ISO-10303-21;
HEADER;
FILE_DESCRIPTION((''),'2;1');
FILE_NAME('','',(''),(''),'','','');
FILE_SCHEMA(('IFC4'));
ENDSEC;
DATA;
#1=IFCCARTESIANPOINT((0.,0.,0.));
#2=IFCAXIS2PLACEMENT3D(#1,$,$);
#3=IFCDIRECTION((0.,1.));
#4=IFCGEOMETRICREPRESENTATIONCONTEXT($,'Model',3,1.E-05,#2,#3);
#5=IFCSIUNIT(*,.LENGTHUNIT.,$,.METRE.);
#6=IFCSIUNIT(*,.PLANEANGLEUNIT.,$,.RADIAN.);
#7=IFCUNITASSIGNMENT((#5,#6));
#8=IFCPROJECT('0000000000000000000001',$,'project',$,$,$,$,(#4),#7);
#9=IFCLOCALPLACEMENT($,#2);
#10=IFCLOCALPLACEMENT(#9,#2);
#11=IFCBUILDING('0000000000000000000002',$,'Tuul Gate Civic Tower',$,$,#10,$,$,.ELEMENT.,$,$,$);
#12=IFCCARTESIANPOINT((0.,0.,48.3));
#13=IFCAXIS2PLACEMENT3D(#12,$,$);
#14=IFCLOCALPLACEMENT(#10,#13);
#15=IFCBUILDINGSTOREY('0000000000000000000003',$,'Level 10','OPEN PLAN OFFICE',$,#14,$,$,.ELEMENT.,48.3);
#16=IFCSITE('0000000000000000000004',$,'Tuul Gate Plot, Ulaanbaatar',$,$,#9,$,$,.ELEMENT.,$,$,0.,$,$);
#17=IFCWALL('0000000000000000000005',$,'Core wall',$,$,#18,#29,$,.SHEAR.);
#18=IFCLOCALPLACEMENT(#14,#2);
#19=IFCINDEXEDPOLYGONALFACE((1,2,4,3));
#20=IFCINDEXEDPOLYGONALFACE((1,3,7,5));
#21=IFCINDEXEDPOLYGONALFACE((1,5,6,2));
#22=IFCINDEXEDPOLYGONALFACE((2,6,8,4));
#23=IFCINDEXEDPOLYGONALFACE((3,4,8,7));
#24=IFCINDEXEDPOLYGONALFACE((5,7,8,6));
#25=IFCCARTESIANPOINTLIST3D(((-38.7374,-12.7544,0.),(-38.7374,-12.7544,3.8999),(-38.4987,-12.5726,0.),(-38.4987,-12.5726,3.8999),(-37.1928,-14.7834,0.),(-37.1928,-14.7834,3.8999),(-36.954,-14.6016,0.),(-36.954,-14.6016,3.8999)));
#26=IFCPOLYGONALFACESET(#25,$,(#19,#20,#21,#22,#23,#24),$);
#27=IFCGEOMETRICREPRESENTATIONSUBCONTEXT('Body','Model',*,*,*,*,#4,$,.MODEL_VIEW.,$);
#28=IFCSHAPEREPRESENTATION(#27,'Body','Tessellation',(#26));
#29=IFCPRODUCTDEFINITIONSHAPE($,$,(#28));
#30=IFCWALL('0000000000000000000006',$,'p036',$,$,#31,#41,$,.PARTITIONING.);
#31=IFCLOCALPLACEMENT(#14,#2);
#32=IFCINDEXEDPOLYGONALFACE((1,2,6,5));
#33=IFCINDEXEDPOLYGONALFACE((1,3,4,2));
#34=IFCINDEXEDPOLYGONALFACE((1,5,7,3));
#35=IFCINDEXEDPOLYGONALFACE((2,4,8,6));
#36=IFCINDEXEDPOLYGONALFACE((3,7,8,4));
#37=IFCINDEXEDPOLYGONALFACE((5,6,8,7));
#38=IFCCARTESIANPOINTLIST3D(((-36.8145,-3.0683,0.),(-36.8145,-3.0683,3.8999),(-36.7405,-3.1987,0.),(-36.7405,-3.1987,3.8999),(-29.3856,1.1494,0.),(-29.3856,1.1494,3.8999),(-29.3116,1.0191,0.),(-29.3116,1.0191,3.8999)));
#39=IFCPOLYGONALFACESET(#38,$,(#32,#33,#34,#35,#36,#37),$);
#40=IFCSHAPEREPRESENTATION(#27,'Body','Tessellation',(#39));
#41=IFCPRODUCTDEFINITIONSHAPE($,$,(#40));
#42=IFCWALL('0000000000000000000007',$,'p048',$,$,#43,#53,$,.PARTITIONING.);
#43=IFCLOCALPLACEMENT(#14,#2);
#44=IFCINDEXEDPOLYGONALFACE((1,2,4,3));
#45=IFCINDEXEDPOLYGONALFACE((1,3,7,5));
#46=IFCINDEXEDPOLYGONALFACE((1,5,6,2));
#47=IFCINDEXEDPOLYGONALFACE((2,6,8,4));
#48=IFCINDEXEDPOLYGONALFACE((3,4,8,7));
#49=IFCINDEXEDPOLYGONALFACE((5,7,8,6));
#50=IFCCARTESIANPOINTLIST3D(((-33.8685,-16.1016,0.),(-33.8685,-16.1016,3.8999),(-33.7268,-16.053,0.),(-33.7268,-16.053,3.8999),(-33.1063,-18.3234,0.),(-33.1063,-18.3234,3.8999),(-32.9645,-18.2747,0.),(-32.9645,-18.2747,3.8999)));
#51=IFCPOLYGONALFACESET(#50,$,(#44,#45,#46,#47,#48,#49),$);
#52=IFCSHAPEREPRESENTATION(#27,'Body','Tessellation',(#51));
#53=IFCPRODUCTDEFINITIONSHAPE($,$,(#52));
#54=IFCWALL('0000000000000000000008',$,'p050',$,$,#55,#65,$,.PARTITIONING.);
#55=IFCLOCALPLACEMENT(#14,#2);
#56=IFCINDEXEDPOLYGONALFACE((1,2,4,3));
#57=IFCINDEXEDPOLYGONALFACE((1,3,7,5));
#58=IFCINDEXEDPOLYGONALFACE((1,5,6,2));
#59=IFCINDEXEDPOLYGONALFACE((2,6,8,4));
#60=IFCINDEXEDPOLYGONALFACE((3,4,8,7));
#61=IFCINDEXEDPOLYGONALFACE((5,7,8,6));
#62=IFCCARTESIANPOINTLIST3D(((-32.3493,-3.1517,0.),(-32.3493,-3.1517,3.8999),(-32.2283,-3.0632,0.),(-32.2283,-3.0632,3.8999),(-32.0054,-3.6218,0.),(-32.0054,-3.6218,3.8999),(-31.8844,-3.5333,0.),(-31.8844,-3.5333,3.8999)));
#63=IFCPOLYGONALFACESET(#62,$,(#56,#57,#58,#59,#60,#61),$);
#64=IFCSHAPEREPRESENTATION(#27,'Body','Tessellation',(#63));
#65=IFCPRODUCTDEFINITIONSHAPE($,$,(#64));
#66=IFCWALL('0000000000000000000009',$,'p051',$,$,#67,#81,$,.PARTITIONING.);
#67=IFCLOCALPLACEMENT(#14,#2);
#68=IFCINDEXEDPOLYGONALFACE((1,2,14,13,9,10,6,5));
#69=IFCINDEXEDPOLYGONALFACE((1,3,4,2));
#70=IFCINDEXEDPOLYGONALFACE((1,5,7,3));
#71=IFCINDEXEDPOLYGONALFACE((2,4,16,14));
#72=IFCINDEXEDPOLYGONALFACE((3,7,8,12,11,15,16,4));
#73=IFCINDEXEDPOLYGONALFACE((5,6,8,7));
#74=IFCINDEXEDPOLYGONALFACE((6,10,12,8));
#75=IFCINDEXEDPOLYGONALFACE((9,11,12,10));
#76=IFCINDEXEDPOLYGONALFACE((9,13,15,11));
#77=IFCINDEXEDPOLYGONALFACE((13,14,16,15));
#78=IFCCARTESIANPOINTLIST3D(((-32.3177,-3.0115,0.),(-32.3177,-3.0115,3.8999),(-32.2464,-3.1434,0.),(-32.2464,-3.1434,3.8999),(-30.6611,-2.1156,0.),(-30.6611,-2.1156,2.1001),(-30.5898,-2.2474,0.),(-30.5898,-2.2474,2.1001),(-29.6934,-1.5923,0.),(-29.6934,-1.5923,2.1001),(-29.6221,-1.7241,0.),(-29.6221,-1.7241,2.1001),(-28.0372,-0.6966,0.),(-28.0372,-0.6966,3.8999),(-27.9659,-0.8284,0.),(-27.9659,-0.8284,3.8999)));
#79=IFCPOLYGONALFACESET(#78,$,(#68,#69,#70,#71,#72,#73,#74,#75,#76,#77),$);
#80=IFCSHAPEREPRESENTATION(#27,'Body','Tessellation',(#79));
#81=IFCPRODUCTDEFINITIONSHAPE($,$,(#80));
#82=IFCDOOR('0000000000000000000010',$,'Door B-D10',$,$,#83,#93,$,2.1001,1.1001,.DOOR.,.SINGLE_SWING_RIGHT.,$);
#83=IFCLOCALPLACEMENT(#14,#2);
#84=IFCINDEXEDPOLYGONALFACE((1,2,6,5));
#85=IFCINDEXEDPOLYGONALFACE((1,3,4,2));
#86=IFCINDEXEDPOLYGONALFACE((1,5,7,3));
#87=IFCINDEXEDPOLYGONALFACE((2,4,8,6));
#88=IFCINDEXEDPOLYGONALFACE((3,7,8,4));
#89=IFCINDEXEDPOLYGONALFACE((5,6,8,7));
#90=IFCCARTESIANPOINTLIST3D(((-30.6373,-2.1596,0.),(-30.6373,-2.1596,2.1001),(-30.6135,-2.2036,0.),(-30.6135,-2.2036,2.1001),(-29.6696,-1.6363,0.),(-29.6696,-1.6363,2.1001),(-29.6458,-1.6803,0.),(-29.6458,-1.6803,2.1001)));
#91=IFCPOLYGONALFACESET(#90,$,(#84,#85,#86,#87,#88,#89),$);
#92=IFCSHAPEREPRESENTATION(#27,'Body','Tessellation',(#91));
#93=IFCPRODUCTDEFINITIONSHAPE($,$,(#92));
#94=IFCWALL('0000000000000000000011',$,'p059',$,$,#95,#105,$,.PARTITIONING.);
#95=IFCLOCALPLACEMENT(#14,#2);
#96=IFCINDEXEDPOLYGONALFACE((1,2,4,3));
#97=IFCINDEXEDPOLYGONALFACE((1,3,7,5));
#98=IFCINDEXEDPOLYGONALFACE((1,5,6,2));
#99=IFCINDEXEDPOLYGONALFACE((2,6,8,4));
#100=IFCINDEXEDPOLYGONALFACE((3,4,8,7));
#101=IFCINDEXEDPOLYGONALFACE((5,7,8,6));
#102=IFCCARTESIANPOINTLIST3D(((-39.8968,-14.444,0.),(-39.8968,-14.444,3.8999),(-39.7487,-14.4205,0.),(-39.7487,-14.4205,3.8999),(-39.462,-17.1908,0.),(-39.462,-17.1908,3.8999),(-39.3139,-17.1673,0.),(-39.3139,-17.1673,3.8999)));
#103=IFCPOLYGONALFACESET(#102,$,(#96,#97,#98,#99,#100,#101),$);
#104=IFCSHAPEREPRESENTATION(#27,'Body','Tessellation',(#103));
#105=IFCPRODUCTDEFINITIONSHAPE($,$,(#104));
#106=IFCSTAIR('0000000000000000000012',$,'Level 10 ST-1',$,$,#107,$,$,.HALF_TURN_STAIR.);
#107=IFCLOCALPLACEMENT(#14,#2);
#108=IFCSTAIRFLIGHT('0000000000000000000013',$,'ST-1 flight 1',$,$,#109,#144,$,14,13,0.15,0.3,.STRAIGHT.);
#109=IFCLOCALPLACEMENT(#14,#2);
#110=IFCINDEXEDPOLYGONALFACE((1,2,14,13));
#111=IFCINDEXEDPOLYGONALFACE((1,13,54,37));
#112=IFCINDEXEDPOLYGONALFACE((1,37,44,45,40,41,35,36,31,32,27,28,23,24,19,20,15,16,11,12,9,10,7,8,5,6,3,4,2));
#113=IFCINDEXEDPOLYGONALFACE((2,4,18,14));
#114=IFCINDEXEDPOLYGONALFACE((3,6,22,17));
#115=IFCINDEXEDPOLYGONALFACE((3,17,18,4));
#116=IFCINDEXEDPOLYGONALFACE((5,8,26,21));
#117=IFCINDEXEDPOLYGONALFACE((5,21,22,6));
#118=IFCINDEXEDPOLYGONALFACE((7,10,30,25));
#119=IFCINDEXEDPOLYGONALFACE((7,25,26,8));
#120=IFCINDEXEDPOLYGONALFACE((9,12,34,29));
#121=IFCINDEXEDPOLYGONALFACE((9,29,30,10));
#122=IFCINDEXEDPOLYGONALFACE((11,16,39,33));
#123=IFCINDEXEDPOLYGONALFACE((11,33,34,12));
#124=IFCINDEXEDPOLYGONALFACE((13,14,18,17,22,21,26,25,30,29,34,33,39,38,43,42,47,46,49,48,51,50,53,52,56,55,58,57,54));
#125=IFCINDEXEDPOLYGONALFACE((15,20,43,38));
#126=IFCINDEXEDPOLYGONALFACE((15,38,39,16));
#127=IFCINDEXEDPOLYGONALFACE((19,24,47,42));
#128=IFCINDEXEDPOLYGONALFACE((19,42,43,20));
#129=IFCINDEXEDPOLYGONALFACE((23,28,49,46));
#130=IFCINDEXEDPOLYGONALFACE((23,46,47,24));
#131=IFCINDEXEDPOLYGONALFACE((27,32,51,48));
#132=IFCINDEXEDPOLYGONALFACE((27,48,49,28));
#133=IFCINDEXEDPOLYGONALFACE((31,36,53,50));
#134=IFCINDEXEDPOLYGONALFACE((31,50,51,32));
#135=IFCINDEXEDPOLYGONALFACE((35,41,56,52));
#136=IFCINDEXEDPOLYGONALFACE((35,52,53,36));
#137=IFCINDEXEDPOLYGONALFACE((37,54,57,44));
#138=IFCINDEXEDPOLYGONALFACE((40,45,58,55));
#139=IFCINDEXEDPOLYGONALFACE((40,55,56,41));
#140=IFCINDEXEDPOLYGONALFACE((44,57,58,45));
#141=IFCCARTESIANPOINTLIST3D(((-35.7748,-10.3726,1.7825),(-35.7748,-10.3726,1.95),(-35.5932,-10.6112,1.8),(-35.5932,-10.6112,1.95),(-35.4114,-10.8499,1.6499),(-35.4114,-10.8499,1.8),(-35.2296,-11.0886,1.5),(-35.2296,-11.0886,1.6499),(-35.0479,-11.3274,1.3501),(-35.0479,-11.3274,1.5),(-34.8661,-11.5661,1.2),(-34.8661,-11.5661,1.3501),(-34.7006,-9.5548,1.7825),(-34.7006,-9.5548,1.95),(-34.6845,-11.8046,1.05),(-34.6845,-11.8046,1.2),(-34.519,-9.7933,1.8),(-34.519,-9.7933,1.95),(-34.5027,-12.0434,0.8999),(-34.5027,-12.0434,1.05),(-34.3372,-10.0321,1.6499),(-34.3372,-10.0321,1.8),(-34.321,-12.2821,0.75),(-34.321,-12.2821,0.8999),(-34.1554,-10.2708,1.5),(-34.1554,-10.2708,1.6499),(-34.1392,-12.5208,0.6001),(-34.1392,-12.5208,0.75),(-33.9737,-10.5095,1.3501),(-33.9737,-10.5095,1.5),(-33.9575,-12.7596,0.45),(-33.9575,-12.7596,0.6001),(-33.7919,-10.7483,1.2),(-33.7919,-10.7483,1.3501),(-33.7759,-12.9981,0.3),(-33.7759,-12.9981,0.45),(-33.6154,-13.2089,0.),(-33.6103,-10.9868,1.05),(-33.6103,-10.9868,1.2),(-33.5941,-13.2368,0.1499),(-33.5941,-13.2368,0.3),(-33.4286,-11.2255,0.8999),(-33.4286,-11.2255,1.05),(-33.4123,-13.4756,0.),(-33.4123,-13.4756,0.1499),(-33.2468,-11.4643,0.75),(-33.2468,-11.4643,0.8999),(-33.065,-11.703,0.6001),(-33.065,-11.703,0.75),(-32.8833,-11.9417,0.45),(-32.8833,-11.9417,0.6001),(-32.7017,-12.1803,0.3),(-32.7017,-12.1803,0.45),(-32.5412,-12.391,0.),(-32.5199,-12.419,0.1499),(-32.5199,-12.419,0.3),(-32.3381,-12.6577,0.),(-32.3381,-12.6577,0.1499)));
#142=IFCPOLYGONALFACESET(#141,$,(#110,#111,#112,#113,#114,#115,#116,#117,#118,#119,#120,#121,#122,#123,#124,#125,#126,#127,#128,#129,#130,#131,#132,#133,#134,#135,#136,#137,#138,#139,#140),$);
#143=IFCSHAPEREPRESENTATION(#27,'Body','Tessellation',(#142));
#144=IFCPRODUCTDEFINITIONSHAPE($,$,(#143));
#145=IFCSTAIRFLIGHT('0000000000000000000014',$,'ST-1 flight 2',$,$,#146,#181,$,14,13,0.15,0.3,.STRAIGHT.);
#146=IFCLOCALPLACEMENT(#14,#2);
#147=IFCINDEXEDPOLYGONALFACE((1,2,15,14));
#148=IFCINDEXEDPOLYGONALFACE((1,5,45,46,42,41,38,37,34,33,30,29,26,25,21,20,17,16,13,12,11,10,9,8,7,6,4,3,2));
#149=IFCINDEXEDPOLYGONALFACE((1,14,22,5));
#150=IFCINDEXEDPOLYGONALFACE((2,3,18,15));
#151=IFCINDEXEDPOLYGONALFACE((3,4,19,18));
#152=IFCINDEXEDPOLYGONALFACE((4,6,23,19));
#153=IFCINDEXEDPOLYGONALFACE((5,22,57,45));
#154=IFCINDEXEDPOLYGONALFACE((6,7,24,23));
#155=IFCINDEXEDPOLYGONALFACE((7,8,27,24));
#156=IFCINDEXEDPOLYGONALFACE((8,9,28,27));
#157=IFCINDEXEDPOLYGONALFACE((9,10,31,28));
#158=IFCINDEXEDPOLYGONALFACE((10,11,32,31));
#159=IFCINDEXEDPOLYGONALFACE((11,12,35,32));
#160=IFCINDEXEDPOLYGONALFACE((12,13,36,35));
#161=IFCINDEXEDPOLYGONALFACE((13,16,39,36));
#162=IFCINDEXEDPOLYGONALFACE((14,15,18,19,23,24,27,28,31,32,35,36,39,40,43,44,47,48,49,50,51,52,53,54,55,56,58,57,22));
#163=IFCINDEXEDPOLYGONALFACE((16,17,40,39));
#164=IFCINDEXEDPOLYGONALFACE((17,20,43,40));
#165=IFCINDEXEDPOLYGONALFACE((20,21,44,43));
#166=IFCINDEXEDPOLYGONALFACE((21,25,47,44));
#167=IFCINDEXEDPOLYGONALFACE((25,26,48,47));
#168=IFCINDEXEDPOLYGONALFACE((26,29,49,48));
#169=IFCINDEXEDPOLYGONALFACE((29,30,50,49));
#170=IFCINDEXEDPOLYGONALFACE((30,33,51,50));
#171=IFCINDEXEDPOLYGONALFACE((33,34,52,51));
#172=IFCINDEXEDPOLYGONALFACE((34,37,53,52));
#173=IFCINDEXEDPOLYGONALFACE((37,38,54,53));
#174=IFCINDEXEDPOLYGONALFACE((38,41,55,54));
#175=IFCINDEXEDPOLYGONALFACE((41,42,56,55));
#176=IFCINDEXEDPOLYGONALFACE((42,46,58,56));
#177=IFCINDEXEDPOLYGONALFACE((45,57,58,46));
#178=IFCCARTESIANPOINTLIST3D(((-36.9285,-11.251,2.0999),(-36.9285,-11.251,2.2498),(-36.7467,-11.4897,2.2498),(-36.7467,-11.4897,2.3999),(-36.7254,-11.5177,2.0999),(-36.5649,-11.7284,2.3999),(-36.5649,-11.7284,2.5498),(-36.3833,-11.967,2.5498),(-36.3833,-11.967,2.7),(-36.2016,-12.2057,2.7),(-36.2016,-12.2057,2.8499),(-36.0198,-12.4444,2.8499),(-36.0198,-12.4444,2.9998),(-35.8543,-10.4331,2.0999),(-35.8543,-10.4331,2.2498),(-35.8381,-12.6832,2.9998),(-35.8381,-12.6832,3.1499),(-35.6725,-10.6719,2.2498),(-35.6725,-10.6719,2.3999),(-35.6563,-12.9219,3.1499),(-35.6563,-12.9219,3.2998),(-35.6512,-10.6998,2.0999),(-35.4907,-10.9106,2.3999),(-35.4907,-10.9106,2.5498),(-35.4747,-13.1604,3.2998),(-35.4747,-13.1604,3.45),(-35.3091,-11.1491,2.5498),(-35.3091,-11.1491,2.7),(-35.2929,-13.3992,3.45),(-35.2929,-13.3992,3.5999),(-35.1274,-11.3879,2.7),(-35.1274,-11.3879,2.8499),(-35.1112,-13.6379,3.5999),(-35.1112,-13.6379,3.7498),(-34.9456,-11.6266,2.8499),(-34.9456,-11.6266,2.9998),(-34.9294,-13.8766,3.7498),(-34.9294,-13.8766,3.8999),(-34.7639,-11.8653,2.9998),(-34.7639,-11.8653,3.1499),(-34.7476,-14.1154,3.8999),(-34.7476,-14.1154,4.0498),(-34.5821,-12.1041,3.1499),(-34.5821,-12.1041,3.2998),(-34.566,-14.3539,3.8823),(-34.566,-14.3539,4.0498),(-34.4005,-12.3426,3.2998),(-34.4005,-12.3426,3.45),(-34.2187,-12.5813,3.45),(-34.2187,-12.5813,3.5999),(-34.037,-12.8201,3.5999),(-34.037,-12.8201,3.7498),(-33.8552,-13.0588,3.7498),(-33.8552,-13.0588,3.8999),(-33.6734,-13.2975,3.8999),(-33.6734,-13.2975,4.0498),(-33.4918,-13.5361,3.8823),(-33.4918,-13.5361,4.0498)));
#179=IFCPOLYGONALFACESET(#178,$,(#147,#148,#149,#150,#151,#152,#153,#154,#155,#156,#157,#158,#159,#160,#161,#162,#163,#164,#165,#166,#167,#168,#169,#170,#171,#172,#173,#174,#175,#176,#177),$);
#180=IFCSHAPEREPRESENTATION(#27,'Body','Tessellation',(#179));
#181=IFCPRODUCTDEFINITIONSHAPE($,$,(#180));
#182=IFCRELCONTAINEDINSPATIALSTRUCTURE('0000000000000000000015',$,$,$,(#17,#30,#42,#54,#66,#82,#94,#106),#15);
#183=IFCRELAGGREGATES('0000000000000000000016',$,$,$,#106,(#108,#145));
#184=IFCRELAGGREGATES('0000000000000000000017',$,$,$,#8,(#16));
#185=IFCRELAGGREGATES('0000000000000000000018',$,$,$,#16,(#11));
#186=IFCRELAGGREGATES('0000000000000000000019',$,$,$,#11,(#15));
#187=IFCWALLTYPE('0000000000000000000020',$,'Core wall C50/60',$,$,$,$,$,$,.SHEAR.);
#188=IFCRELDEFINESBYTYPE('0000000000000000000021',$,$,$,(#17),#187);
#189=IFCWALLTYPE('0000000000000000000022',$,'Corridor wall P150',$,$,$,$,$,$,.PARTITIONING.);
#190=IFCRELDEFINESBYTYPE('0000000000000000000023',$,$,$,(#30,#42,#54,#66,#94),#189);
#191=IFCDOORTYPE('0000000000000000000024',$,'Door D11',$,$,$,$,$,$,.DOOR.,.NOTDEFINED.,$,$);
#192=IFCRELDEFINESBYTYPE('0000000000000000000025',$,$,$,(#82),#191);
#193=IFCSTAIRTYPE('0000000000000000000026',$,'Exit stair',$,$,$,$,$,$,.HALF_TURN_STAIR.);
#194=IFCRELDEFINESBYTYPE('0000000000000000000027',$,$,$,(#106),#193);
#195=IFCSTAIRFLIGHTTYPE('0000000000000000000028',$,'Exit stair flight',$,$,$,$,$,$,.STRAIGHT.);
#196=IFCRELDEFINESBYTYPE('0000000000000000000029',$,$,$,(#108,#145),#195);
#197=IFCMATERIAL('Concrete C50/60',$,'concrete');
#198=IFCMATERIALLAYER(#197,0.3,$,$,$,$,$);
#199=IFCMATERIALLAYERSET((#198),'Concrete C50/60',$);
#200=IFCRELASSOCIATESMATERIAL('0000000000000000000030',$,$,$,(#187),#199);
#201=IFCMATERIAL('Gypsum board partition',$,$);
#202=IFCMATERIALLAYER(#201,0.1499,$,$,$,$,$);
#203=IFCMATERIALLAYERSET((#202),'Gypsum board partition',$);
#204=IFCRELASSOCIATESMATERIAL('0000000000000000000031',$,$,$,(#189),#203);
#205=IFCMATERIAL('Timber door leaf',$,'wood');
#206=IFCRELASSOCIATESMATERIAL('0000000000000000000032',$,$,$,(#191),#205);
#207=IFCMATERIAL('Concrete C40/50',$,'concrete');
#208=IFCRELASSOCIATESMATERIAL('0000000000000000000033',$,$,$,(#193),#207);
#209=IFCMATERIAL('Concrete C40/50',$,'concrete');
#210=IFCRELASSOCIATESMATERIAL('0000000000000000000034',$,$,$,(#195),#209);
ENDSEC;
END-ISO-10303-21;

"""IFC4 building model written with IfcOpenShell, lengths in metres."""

from ifc_helpers import new_model, si_unit, direction, frame, frame_2d, origin, place, context, subcontext, project, spatial, polyline, rectangle, outline, extrude, material, layer, layer_set, type_object, element, fill, aggregate, save


model = new_model("IFC4")

# Units and contexts
model_context = context("Model", 3, precision=1e-05, world=origin(), true_north=direction((0.0, 1.0)))
body_context = subcontext(model_context, "Body", "Model", "MODEL_VIEW")
ifc_project = project(units=[si_unit("LENGTHUNIT", "METRE"), si_unit("PLANEANGLEUNIT", "RADIAN")], contexts=[model_context])

# Site, building, storey
site_placement = place(None, origin())
site = spatial("IfcSite", under=ifc_project, at=site_placement, Name="Tuul Gate Plot, Ulaanbaatar", CompositionType="ELEMENT", RefElevation=0.0)
building_placement = place(site_placement, origin())
building = spatial("IfcBuilding", under=site, at=building_placement, Name="Tuul Gate Civic Tower", CompositionType="ELEMENT")
storey_placement = place(building_placement, frame((0.0, 0.0, 48.3)))
storey = spatial("IfcBuildingStorey", under=building, at=storey_placement, Name="Level 10", Description="OPEN PLAN OFFICE", CompositionType="ELEMENT", Elevation=48.3)

# Shared definitions
ifc_material_1 = material(Name="Concrete C50/60", Category="concrete")
ifc_layer_1 = layer(ifc_material_1, 0.3)
ifc_layer_set_1 = layer_set([ifc_layer_1], Name="Concrete C50/60")
wall_type_1 = type_object("IfcWallType", Name="Core wall C50/60", PredefinedType="SHEAR", material=ifc_layer_set_1)

# Walls
wall_1_placement = place(storey_placement, frame((-37.0735, -14.6924, 0.0), z_axis=(0.0, 0.0, 1.0), x_axis=(-0.605729, 0.795671, 0.0)))
element("IfcWall", 1, at=wall_1_placement, inside=storey, type_object=wall_type_1, Name="Core wall", PredefinedType="SHEAR", context=body_context, shape_type="SweptSolid", body=[
    extrude(rectangle(XDim=2.55, YDim=0.3, at=frame_2d((1.2749, 0.0))), origin(), (0.0, 0.0, 1.0), 3.8999),
])
ifc_material_2 = material(Name="Gypsum board partition")
ifc_layer_2 = layer(ifc_material_2, 0.1499)
ifc_layer_set_2 = layer_set([ifc_layer_2], Name="Gypsum board partition")
wall_type_2 = type_object("IfcWallType", Name="Corridor wall P150", PredefinedType="PARTITIONING", material=ifc_layer_set_2)
wall_2_placement = place(storey_placement, frame((-36.7776, -3.1335, 0.0), z_axis=(0.0, 0.0, 1.0), x_axis=(0.869619, 0.493724, 0.0)))
element("IfcWall", 2, at=wall_2_placement, inside=storey, type_object=wall_type_2, Name="p036", PredefinedType="PARTITIONING", context=body_context, shape_type="SweptSolid", body=[
    extrude(rectangle(XDim=8.5427, YDim=0.1499, at=frame_2d((4.2715, 0.0))), origin(), (0.0, 0.0, 1.0), 3.8999),
])
wall_3_placement = place(storey_placement, frame((-33.7976, -16.0774, 0.0), z_axis=(0.0, 0.0, 1.0), x_axis=(0.32451, -0.945882, 0.0)))
element("IfcWall", 3, at=wall_3_placement, inside=storey, type_object=wall_type_2, Name="p048", PredefinedType="PARTITIONING", context=body_context, shape_type="SweptSolid", body=[
    extrude(rectangle(XDim=2.3489, YDim=0.1499, at=frame_2d((1.1743, 0.0))), origin(), (0.0, 0.0, 1.0), 3.8999),
])
wall_4_placement = place(storey_placement, frame((-32.2888, -3.1074, 0.0), z_axis=(0.0, 0.0, 1.0), x_axis=(0.590437, -0.807084, 0.0)))
element("IfcWall", 4, at=wall_4_placement, inside=storey, type_object=wall_type_2, Name="p050", PredefinedType="PARTITIONING", context=body_context, shape_type="SweptSolid", body=[
    extrude(rectangle(XDim=0.5825, YDim=0.1499, at=frame_2d((0.2913, 0.0))), origin(), (0.0, 0.0, 1.0), 3.8999),
])

# Wall, opening, door
wall_5_placement = place(storey_placement, frame((-32.282, -3.0774, 0.0), z_axis=(0.0, 0.0, 1.0), x_axis=(0.879608, 0.4757, 0.0)))
wall_5 = element("IfcWall", 5, at=wall_5_placement, inside=storey, type_object=wall_type_2, Name="p051", PredefinedType="PARTITIONING", context=body_context, shape_type="SweptSolid", body=[
    extrude(rectangle(XDim=4.8665, YDim=0.1499, at=frame_2d((2.4331, 0.0))), origin(), (0.0, 0.0, 1.0), 3.8999),
])
opening_1_placement = place(wall_5_placement, frame((1.8833, 0.0, 0.0)))
opening_1 = element("IfcOpeningElement", 6, at=opening_1_placement, cuts=wall_5, PredefinedType="OPENING", context=body_context, shape_type="SweptSolid", body=[
    extrude(rectangle(XDim=1.1001, YDim=2.1001, at=frame_2d((0.55, 1.05))), frame((0.0, 0.085, 0.0), z_axis=(0.0, -1.0, 0.0), x_axis=(1.0, 0.0, 0.0)), (0.0, 0.0, 1.0), 0.1699),
])
ifc_material_3 = material(Name="Timber door leaf", Category="wood")
door_type_1 = type_object("IfcDoorType", Name="Door D11", OperationType="NOTDEFINED", PredefinedType="DOOR", material=ifc_material_3)
door_1_placement = place(opening_1_placement, origin())
door_1 = element("IfcDoor", 7, at=door_1_placement, inside=storey, type_object=door_type_1, Name="Door B-D10", OperationType="SINGLE_SWING_RIGHT", OverallHeight=2.1001, OverallWidth=1.1001, PredefinedType="DOOR", context=body_context, shape_type="SweptSolid", body=[
    extrude(rectangle(XDim=1.1001, YDim=2.1001, at=frame_2d((0.55, 1.05))), frame((0.0, 0.0249, 0.0), z_axis=(0.0, -1.0, 0.0), x_axis=(1.0, 0.0, 0.0)), (0.0, 0.0, 1.0), 0.05),
])
fill(opening_1, door_1)

# Wall
wall_6_placement = place(storey_placement, frame((-39.8228, -14.4321, 0.0), z_axis=(0.0, 0.0, 1.0), x_axis=(0.15635, -0.987702, 0.0)))
element("IfcWall", 8, at=wall_6_placement, inside=storey, type_object=wall_type_2, Name="p059", PredefinedType="PARTITIONING", context=body_context, shape_type="SweptSolid", body=[
    extrude(rectangle(XDim=2.781, YDim=0.1499, at=frame_2d((1.3906, 0.0))), origin(), (0.0, 0.0, 1.0), 3.8999),
])

# Stair, stair flights
ifc_material_4 = material(Name="Concrete C40/50", Category="concrete")
stair_type = type_object("IfcStairType", Name="Exit stair", PredefinedType="HALF_TURN_STAIR", material=ifc_material_4)
stair_placement = place(storey_placement, origin())
stair = element("IfcStair", 9, at=stair_placement, inside=storey, type_object=stair_type, Name="Level 10 ST-1", PredefinedType="HALF_TURN_STAIR")
ifc_material_5 = material(Name="Concrete C40/50", Category="concrete")
stair_flight_type = type_object("IfcStairFlightType", Name="Exit stair flight", PredefinedType="STRAIGHT", material=ifc_material_5)
stair_flight_1_placement = place(storey_placement, frame((-32.8752, -13.0667, 0.0), z_axis=(0.0, 0.0, 1.0), x_axis=(-0.605764, 0.795644, 0.0)))
stair_flight_1 = element("IfcStairFlight", 10, at=stair_flight_1_placement, type_object=stair_flight_type, Name="ST-1 flight 1", NumberOfRisers=14, NumberOfTreads=13, PredefinedType="STRAIGHT", RiserHeight=0.15, TreadLength=0.3, context=body_context, shape_type="SweptSolid", body=[
    extrude(outline(polyline([(0.0, 0.0), (0.0, 0.1499), (0.3, 0.1499), (0.3, 0.3), (0.6001, 0.3), (0.6001, 0.45), (0.8999, 0.45), (0.8999, 0.6001), (1.2, 0.6001), (1.2, 0.75), (1.5, 0.75), (1.5, 0.8999), (1.8, 0.8999), (1.8, 1.05), (2.1001, 1.05), (2.1001, 1.2), (2.3999, 1.2), (2.3999, 1.3501), (2.7, 1.3501), (2.7, 1.5), (3.0, 1.5), (3.0, 1.6499), (3.3, 1.6499), (3.3, 1.8), (3.6001, 1.8), (3.6001, 1.95), (3.8999, 1.95), (3.8999, 2.1001), (3.8999, 1.7825), (0.3352, 0.0), (0.0, 0.0)])), frame((0.0, 0.675, 0.0), z_axis=(0.0, -1.0, 0.0), x_axis=(1.0, 0.0, 0.0)), (0.0, 0.0, 1.0), 1.3501),
])
stair_flight_2_placement = place(storey_placement, frame((-36.3914, -10.842, 2.0999), z_axis=(0.0, 0.0, 1.0), x_axis=(0.605764, -0.795644, 0.0)))
stair_flight_2 = element("IfcStairFlight", 11, at=stair_flight_2_placement, type_object=stair_flight_type, Name="ST-1 flight 2", NumberOfRisers=14, NumberOfTreads=13, PredefinedType="STRAIGHT", RiserHeight=0.15, TreadLength=0.3, context=body_context, shape_type="SweptSolid", body=[
    extrude(outline(polyline([(0.0, 0.0), (0.0, 0.1499), (0.3, 0.1499), (0.3, 0.3), (0.6001, 0.3), (0.6001, 0.45), (0.8999, 0.45), (0.8999, 0.6001), (1.2, 0.6001), (1.2, 0.75), (1.5, 0.75), (1.5, 0.8999), (1.8, 0.8999), (1.8, 1.05), (2.1001, 1.05), (2.1001, 1.2), (2.3999, 1.2), (2.3999, 1.3501), (2.7, 1.3501), (2.7, 1.5), (3.0, 1.5), (3.0, 1.6499), (3.3, 1.6499), (3.3, 1.8), (3.6001, 1.8), (3.6001, 1.95), (3.8999, 1.95), (3.8999, 2.1001), (3.8999, 1.7825), (0.3352, 0.0), (0.0, 0.0)])), frame((0.0, 0.675, 0.0), z_axis=(0.0, -1.0, 0.0), x_axis=(1.0, 0.0, 0.0)), (0.0, 0.0, 1.0), 1.3501),
])
aggregate(stair, [stair_flight_1, stair_flight_2])

save(model, "model.ifc")
